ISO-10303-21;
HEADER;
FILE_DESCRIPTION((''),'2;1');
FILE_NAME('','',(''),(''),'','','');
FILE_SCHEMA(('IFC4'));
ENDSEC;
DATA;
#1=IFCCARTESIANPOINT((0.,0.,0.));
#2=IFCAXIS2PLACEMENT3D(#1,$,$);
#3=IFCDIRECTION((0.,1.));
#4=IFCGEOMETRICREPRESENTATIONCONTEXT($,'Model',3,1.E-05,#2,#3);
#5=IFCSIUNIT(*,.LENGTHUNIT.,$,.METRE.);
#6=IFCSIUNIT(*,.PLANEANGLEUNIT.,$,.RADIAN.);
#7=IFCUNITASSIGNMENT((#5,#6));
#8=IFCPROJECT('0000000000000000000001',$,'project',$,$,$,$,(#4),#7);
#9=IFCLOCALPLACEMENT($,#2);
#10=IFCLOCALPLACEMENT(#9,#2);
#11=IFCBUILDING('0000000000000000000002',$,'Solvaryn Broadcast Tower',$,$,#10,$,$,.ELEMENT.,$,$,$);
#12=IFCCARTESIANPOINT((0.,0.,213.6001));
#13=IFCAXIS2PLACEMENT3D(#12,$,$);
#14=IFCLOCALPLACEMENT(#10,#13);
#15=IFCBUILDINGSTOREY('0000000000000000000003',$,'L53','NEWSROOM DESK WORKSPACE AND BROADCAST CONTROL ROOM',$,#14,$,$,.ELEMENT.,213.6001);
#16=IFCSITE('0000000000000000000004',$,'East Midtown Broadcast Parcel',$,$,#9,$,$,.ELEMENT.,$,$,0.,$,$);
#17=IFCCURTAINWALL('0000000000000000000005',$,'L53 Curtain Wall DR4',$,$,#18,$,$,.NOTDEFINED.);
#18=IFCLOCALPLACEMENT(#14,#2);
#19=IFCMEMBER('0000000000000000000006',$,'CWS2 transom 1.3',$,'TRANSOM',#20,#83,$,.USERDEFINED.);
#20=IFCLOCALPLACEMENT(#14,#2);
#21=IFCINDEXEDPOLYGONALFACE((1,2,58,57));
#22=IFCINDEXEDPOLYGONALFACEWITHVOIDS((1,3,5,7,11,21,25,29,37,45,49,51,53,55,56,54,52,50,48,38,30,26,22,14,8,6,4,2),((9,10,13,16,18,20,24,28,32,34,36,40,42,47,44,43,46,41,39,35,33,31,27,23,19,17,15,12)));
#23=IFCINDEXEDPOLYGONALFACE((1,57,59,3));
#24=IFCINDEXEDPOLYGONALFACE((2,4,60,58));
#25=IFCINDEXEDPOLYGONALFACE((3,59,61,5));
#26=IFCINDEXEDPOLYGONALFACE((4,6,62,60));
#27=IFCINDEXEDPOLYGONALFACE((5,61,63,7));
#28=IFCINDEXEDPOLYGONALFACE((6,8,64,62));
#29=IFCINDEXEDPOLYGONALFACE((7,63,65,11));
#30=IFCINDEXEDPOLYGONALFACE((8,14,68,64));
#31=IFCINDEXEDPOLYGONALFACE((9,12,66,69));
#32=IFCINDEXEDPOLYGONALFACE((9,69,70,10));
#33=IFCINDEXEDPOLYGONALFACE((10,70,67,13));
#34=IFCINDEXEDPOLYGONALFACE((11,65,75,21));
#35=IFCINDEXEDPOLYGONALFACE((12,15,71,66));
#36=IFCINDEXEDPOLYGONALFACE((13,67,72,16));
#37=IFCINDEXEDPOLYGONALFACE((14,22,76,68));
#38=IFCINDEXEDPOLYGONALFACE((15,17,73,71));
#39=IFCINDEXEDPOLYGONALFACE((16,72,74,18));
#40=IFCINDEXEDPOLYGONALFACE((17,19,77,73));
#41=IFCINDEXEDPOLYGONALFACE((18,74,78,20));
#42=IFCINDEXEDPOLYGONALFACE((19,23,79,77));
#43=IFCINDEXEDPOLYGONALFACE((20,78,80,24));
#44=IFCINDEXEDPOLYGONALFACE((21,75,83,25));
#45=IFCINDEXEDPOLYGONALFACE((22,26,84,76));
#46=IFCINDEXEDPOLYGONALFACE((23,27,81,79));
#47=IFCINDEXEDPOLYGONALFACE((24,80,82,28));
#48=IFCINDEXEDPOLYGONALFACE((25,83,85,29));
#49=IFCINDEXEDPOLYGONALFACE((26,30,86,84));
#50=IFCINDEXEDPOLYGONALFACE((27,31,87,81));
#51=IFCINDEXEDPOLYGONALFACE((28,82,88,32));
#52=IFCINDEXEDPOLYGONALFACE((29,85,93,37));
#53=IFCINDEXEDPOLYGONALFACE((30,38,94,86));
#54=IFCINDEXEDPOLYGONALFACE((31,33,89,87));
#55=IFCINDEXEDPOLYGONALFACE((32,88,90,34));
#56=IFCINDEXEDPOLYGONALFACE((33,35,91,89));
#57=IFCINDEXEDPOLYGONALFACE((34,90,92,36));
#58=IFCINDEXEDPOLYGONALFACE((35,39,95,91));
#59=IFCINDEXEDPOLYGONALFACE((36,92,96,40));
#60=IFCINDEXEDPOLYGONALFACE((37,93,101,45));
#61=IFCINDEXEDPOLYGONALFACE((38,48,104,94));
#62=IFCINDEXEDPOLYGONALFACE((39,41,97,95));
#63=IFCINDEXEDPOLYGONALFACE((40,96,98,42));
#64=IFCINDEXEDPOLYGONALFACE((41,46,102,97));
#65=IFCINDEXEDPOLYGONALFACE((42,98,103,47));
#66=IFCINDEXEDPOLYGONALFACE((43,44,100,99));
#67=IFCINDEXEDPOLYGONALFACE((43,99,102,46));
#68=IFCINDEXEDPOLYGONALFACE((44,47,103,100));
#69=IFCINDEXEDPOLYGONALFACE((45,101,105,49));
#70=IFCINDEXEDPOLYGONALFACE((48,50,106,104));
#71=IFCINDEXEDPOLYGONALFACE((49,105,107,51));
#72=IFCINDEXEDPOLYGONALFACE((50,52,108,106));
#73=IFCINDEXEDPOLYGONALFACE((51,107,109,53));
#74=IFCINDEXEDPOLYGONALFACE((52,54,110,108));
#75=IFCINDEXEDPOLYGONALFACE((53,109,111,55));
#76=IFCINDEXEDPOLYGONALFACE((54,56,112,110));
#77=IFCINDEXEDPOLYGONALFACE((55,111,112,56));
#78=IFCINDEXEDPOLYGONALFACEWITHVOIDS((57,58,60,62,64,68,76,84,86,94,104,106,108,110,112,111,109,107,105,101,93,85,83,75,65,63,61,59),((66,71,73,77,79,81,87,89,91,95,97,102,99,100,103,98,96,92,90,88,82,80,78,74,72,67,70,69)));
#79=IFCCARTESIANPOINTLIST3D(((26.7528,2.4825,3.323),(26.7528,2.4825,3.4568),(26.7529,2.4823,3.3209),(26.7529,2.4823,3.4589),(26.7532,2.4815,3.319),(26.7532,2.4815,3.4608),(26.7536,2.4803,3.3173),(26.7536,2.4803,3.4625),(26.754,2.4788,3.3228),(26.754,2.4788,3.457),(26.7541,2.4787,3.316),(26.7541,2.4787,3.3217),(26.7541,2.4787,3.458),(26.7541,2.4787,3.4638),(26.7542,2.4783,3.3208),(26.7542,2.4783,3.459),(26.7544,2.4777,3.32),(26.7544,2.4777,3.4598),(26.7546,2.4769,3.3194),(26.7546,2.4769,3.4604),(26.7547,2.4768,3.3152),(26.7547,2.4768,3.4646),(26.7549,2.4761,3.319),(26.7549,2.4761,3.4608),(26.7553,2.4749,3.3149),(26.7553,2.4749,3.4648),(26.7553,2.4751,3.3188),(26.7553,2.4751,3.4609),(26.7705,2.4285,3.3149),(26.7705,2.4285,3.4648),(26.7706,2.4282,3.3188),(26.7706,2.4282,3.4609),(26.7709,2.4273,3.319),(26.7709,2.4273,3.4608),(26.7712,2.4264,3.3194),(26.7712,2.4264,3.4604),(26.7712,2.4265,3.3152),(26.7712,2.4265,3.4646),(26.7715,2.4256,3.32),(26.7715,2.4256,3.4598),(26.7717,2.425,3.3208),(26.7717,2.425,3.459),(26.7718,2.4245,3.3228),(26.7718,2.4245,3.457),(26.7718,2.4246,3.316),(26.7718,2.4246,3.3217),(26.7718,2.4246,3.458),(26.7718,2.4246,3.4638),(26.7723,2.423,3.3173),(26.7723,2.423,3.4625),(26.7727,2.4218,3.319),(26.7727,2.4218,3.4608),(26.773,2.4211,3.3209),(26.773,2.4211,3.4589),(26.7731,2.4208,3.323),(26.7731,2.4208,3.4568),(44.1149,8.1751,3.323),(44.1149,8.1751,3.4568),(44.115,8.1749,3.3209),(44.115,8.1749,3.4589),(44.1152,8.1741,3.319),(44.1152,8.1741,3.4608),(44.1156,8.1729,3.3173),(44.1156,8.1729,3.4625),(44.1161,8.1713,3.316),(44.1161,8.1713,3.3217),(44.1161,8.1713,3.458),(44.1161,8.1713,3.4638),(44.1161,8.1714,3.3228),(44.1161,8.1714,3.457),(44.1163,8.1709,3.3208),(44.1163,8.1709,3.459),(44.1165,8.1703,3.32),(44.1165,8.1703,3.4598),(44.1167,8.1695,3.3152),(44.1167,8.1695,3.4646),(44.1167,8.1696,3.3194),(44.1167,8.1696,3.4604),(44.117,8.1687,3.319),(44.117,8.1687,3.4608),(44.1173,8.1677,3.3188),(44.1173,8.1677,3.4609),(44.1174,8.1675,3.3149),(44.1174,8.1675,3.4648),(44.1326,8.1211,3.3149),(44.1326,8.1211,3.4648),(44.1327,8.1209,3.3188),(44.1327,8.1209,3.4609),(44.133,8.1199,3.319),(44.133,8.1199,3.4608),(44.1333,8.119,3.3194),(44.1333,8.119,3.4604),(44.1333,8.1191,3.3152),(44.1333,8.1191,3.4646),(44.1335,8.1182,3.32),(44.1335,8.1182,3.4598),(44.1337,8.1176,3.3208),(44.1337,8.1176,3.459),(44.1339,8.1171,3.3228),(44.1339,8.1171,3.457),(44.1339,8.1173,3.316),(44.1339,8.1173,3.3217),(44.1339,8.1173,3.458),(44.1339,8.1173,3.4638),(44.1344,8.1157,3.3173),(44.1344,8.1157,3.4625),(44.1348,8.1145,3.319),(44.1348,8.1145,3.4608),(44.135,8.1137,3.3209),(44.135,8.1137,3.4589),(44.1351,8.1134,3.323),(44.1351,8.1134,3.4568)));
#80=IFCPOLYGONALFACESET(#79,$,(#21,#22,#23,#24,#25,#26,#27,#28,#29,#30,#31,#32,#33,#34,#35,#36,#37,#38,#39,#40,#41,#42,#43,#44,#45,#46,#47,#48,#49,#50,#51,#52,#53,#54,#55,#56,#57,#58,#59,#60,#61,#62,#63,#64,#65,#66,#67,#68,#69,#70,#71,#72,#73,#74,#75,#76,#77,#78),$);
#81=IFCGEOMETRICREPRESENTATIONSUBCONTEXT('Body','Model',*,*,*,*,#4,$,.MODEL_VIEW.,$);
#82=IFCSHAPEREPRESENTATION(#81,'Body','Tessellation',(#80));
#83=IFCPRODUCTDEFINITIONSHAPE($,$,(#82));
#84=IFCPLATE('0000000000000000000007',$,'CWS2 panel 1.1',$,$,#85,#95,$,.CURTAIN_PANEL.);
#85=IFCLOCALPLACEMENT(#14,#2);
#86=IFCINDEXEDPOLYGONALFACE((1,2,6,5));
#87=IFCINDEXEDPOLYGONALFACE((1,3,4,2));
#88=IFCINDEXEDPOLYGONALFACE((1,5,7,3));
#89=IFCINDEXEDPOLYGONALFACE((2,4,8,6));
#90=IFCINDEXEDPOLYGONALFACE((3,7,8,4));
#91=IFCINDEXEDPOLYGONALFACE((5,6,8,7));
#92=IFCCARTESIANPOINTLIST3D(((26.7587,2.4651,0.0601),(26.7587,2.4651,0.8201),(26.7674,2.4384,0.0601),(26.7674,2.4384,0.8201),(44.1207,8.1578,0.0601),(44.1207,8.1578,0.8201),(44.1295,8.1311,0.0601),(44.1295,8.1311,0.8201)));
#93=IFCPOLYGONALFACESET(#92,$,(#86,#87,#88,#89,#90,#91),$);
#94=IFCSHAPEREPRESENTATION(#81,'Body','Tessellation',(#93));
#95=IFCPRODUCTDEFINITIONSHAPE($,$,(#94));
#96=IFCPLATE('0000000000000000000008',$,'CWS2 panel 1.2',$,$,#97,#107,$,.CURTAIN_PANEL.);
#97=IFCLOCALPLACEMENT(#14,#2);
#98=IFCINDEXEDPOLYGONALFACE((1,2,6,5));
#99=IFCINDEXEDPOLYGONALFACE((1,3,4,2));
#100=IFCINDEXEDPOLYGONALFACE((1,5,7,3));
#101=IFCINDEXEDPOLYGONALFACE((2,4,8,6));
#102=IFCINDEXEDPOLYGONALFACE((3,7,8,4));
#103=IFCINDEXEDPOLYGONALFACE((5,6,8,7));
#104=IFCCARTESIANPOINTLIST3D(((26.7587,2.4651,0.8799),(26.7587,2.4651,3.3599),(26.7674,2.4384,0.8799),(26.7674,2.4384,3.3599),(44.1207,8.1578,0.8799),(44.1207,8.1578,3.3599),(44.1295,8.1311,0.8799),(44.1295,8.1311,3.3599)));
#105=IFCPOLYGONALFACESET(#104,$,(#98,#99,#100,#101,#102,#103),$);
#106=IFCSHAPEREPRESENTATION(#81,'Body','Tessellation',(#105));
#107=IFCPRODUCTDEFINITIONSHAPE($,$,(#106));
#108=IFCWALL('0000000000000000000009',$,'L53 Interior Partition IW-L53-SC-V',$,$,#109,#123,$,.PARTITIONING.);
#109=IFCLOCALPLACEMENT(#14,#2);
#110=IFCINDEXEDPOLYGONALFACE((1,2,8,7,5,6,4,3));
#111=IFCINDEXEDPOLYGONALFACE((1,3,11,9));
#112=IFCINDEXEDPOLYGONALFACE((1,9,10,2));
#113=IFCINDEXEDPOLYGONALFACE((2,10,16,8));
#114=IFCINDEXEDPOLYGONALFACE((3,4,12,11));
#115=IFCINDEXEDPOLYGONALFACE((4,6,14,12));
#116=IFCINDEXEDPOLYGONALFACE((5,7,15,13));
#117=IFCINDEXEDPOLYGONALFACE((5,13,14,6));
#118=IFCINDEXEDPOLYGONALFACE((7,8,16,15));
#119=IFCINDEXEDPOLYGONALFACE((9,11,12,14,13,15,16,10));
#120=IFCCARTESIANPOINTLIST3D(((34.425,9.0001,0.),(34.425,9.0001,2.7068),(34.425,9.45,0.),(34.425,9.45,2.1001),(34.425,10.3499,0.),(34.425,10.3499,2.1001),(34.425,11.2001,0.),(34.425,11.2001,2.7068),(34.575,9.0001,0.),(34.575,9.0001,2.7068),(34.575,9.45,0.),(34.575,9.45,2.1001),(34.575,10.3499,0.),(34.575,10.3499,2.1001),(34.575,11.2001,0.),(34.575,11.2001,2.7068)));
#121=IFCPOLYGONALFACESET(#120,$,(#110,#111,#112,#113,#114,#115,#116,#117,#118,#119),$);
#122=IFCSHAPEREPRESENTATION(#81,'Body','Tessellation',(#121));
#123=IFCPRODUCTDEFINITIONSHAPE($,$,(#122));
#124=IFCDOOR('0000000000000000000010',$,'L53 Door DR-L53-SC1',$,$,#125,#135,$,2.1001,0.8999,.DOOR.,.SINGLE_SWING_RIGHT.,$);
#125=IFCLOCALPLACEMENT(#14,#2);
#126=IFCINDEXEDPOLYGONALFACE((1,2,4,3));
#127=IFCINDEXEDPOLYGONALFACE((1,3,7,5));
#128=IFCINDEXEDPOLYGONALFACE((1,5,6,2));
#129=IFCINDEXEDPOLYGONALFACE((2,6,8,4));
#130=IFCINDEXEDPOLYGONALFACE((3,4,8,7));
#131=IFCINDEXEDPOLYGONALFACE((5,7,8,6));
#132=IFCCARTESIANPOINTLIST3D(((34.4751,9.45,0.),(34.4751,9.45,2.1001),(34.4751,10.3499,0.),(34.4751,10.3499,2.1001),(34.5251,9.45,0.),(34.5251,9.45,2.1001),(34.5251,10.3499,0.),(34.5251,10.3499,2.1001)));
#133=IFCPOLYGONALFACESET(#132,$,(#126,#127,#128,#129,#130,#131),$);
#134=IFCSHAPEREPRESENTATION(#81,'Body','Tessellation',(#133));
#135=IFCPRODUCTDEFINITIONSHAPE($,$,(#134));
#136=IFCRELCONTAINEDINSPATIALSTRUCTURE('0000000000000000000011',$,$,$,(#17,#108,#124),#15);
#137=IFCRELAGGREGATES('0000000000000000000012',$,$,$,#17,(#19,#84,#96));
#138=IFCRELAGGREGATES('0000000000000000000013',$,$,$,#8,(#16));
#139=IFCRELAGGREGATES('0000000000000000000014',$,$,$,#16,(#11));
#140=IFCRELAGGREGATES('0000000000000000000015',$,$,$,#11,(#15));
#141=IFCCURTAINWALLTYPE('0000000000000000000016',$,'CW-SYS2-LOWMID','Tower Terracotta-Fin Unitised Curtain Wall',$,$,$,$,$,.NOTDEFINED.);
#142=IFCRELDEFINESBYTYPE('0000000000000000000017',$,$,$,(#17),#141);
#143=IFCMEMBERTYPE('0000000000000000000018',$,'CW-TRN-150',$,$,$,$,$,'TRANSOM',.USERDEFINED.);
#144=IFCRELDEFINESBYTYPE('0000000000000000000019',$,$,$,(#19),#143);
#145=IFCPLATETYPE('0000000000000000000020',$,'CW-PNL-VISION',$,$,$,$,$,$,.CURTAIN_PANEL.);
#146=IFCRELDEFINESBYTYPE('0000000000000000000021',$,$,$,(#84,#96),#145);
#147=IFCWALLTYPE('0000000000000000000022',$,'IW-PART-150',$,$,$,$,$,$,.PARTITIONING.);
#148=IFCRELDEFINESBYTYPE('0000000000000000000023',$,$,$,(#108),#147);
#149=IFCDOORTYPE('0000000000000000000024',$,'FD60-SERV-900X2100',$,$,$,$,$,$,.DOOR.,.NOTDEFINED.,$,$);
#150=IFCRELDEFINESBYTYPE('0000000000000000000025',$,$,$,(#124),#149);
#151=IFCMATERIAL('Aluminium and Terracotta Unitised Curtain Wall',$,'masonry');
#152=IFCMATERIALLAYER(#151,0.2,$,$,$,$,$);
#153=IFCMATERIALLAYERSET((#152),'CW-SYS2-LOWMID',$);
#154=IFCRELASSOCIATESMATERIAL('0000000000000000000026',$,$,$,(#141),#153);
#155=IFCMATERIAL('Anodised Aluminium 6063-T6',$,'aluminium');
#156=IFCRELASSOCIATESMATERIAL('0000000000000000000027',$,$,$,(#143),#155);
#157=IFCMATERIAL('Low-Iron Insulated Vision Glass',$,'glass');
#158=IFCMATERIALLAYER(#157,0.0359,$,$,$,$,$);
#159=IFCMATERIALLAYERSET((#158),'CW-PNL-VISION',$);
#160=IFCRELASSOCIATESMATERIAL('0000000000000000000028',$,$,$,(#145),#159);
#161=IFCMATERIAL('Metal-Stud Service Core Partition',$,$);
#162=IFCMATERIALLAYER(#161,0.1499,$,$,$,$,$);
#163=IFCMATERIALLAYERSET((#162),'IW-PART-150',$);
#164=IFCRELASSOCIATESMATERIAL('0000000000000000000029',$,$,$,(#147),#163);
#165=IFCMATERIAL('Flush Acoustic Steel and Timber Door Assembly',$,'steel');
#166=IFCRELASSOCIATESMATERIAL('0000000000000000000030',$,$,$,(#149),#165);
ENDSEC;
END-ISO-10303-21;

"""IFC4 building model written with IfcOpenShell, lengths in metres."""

from ifc_helpers import new_model, si_unit, direction, frame, frame_2d, origin, origin_2d, place, context, subcontext, project, spatial, rectangle, hollow_rectangle, extrude, material, layer, layer_set, material_profile, profile_set, type_object, element, fill, aggregate, save


model = new_model("IFC4")

# Units and contexts
model_context = context("Model", 3, precision=1e-05, world=origin(), true_north=direction((0.0, 1.0)))
body_context = subcontext(model_context, "Body", "Model", "MODEL_VIEW")
ifc_project = project(units=[si_unit("LENGTHUNIT", "METRE"), si_unit("PLANEANGLEUNIT", "RADIAN")], contexts=[model_context])

# Site, building, storey
site_placement = place(None, origin())
site = spatial("IfcSite", under=ifc_project, at=site_placement, Name="East Midtown Broadcast Parcel", CompositionType="ELEMENT", RefElevation=0.0)
building_placement = place(site_placement, origin())
building = spatial("IfcBuilding", under=site, at=building_placement, Name="Solvaryn Broadcast Tower", CompositionType="ELEMENT")
storey_placement = place(building_placement, frame((0.0, 0.0, 213.6001)))
storey = spatial("IfcBuildingStorey", under=building, at=storey_placement, Name="L53", Description="NEWSROOM DESK WORKSPACE AND BROADCAST CONTROL ROOM", CompositionType="ELEMENT", Elevation=213.6001)

# Shared definitions
ifc_material_1 = material(Name="Aluminium and Terracotta Unitised Curtain Wall", Category="masonry")
ifc_layer_1 = layer(ifc_material_1, 0.2)
ifc_layer_set_1 = layer_set([ifc_layer_1], Name="CW-SYS2-LOWMID")
curtain_wall_type = type_object("IfcCurtainWallType", Name="CW-SYS2-LOWMID", Description="Tower Terracotta-Fin Unitised Curtain Wall", PredefinedType="NOTDEFINED", material=ifc_layer_set_1)

# Curtain wall, member, plates
curtain_wall_1_placement = place(storey_placement, origin())
curtain_wall_1 = element("IfcCurtainWall", 1, at=curtain_wall_1_placement, inside=storey, type_object=curtain_wall_type, Name="L53 Curtain Wall DR4", PredefinedType="NOTDEFINED")
ifc_material_2 = material(Name="Anodised Aluminium 6063-T6", Category="aluminium")
ifc_material_profile_1 = material_profile(ifc_material_2, hollow_rectangle(XDim=0.0649, YDim=0.1499, WallThickness=0.0039, InnerFilletRadius=0.0039, OuterFilletRadius=0.0081, at=origin_2d()))
ifc_profile_set_1 = profile_set([ifc_material_profile_1], Name="Anodised Aluminium 6063-T6")
member_type_1 = type_object("IfcMemberType", Name="CW-TRN-150", ElementType="TRANSOM", PredefinedType="USERDEFINED", material=ifc_profile_set_1)
member_1_placement = place(storey_placement, frame((26.7629, 2.4517, 3.3899), z_axis=(0.950227, 0.311558, 0.0), x_axis=(-0.311558, 0.950227, 0.0)))
member_1 = element("IfcMember", 2, at=member_1_placement, type_object=member_type_1, Name="CWS2 transom 1.3", ObjectType="TRANSOM", PredefinedType="USERDEFINED", context=body_context, shape_type="SweptSolid", body=[
    extrude(hollow_rectangle(XDim=0.0649, YDim=0.1499, WallThickness=0.0039, InnerFilletRadius=0.0039, OuterFilletRadius=0.0081, at=origin_2d()), origin(), (0.0, 0.0, 1.0), 18.2715),
])
ifc_material_3 = material(Name="Low-Iron Insulated Vision Glass", Category="glass")
ifc_layer_2 = layer(ifc_material_3, 0.0359)
ifc_layer_set_2 = layer_set([ifc_layer_2], Name="CW-PNL-VISION")
plate_type = type_object("IfcPlateType", Name="CW-PNL-VISION", PredefinedType="CURTAIN_PANEL", material=ifc_layer_set_2)
plate_1_placement = place(storey_placement, frame((35.4441, 5.2981, 0.0601), z_axis=(0.0, 0.0, 1.0), x_axis=(0.950227, 0.311559, 0.0)))
plate_1 = element("IfcPlate", 3, at=plate_1_placement, type_object=plate_type, Name="CWS2 panel 1.1", PredefinedType="CURTAIN_PANEL", context=body_context, shape_type="SweptSolid", body=[
    extrude(rectangle(XDim=18.2715, YDim=0.0281, at=origin_2d()), origin(), (0.0, 0.0, 1.0), 0.76),
])
plate_2_placement = place(storey_placement, frame((35.4441, 5.2981, 0.8799), z_axis=(0.0, 0.0, 1.0), x_axis=(0.950227, 0.311559, 0.0)))
plate_2 = element("IfcPlate", 4, at=plate_2_placement, type_object=plate_type, Name="CWS2 panel 1.2", PredefinedType="CURTAIN_PANEL", context=body_context, shape_type="SweptSolid", body=[
    extrude(rectangle(XDim=18.2715, YDim=0.0281, at=origin_2d()), origin(), (0.0, 0.0, 1.0), 2.48),
])
aggregate(curtain_wall_1, [member_1, plate_1, plate_2])

# Wall, opening, door
ifc_material_4 = material(Name="Metal-Stud Service Core Partition")
ifc_layer_3 = layer(ifc_material_4, 0.1499)
ifc_layer_set_3 = layer_set([ifc_layer_3], Name="IW-PART-150")
wall_type_1 = type_object("IfcWallType", Name="IW-PART-150", PredefinedType="PARTITIONING", material=ifc_layer_set_3)
wall_1_placement = place(storey_placement, frame((34.5, 9.0, 0.0), z_axis=(0.0, 0.0, 1.0), x_axis=(0.0, 1.0, 0.0)))
wall_1 = element("IfcWall", 5, at=wall_1_placement, inside=storey, type_object=wall_type_1, Name="L53 Interior Partition IW-L53-SC-V", PredefinedType="PARTITIONING", context=body_context, shape_type="SweptSolid", body=[
    extrude(rectangle(XDim=2.2, YDim=0.1499, at=frame_2d((1.1001, 0.0))), origin(), (0.0, 0.0, 1.0), 2.7068),
])
opening_1_placement = place(wall_1_placement, frame((0.45, 0.0, 0.0)))
opening_1 = element("IfcOpeningElement", 6, at=opening_1_placement, cuts=wall_1, PredefinedType="OPENING", context=body_context, shape_type="SweptSolid", body=[
    extrude(rectangle(XDim=0.8999, YDim=2.1001, at=frame_2d((0.45, 1.05))), frame((0.0, 0.085, 0.0), z_axis=(0.0, -1.0, 0.0), x_axis=(1.0, 0.0, 0.0)), (0.0, 0.0, 1.0), 0.1699),
])
ifc_material_5 = material(Name="Flush Acoustic Steel and Timber Door Assembly", Category="steel")
door_type_1 = type_object("IfcDoorType", Name="FD60-SERV-900X2100", OperationType="NOTDEFINED", PredefinedType="DOOR", material=ifc_material_5)
door_1_placement = place(opening_1_placement, origin())
door_1 = element("IfcDoor", 7, at=door_1_placement, inside=storey, type_object=door_type_1, Name="L53 Door DR-L53-SC1", OperationType="SINGLE_SWING_RIGHT", OverallHeight=2.1001, OverallWidth=0.8999, PredefinedType="DOOR", context=body_context, shape_type="SweptSolid", body=[
    extrude(rectangle(XDim=0.8999, YDim=2.1001, at=frame_2d((0.45, 1.05))), frame((0.0, 0.0249, 0.0), z_axis=(0.0, -1.0, 0.0), x_axis=(1.0, 0.0, 0.0)), (0.0, 0.0, 1.0), 0.05),
])
fill(opening_1, door_1)

save(model, "model.ifc")
